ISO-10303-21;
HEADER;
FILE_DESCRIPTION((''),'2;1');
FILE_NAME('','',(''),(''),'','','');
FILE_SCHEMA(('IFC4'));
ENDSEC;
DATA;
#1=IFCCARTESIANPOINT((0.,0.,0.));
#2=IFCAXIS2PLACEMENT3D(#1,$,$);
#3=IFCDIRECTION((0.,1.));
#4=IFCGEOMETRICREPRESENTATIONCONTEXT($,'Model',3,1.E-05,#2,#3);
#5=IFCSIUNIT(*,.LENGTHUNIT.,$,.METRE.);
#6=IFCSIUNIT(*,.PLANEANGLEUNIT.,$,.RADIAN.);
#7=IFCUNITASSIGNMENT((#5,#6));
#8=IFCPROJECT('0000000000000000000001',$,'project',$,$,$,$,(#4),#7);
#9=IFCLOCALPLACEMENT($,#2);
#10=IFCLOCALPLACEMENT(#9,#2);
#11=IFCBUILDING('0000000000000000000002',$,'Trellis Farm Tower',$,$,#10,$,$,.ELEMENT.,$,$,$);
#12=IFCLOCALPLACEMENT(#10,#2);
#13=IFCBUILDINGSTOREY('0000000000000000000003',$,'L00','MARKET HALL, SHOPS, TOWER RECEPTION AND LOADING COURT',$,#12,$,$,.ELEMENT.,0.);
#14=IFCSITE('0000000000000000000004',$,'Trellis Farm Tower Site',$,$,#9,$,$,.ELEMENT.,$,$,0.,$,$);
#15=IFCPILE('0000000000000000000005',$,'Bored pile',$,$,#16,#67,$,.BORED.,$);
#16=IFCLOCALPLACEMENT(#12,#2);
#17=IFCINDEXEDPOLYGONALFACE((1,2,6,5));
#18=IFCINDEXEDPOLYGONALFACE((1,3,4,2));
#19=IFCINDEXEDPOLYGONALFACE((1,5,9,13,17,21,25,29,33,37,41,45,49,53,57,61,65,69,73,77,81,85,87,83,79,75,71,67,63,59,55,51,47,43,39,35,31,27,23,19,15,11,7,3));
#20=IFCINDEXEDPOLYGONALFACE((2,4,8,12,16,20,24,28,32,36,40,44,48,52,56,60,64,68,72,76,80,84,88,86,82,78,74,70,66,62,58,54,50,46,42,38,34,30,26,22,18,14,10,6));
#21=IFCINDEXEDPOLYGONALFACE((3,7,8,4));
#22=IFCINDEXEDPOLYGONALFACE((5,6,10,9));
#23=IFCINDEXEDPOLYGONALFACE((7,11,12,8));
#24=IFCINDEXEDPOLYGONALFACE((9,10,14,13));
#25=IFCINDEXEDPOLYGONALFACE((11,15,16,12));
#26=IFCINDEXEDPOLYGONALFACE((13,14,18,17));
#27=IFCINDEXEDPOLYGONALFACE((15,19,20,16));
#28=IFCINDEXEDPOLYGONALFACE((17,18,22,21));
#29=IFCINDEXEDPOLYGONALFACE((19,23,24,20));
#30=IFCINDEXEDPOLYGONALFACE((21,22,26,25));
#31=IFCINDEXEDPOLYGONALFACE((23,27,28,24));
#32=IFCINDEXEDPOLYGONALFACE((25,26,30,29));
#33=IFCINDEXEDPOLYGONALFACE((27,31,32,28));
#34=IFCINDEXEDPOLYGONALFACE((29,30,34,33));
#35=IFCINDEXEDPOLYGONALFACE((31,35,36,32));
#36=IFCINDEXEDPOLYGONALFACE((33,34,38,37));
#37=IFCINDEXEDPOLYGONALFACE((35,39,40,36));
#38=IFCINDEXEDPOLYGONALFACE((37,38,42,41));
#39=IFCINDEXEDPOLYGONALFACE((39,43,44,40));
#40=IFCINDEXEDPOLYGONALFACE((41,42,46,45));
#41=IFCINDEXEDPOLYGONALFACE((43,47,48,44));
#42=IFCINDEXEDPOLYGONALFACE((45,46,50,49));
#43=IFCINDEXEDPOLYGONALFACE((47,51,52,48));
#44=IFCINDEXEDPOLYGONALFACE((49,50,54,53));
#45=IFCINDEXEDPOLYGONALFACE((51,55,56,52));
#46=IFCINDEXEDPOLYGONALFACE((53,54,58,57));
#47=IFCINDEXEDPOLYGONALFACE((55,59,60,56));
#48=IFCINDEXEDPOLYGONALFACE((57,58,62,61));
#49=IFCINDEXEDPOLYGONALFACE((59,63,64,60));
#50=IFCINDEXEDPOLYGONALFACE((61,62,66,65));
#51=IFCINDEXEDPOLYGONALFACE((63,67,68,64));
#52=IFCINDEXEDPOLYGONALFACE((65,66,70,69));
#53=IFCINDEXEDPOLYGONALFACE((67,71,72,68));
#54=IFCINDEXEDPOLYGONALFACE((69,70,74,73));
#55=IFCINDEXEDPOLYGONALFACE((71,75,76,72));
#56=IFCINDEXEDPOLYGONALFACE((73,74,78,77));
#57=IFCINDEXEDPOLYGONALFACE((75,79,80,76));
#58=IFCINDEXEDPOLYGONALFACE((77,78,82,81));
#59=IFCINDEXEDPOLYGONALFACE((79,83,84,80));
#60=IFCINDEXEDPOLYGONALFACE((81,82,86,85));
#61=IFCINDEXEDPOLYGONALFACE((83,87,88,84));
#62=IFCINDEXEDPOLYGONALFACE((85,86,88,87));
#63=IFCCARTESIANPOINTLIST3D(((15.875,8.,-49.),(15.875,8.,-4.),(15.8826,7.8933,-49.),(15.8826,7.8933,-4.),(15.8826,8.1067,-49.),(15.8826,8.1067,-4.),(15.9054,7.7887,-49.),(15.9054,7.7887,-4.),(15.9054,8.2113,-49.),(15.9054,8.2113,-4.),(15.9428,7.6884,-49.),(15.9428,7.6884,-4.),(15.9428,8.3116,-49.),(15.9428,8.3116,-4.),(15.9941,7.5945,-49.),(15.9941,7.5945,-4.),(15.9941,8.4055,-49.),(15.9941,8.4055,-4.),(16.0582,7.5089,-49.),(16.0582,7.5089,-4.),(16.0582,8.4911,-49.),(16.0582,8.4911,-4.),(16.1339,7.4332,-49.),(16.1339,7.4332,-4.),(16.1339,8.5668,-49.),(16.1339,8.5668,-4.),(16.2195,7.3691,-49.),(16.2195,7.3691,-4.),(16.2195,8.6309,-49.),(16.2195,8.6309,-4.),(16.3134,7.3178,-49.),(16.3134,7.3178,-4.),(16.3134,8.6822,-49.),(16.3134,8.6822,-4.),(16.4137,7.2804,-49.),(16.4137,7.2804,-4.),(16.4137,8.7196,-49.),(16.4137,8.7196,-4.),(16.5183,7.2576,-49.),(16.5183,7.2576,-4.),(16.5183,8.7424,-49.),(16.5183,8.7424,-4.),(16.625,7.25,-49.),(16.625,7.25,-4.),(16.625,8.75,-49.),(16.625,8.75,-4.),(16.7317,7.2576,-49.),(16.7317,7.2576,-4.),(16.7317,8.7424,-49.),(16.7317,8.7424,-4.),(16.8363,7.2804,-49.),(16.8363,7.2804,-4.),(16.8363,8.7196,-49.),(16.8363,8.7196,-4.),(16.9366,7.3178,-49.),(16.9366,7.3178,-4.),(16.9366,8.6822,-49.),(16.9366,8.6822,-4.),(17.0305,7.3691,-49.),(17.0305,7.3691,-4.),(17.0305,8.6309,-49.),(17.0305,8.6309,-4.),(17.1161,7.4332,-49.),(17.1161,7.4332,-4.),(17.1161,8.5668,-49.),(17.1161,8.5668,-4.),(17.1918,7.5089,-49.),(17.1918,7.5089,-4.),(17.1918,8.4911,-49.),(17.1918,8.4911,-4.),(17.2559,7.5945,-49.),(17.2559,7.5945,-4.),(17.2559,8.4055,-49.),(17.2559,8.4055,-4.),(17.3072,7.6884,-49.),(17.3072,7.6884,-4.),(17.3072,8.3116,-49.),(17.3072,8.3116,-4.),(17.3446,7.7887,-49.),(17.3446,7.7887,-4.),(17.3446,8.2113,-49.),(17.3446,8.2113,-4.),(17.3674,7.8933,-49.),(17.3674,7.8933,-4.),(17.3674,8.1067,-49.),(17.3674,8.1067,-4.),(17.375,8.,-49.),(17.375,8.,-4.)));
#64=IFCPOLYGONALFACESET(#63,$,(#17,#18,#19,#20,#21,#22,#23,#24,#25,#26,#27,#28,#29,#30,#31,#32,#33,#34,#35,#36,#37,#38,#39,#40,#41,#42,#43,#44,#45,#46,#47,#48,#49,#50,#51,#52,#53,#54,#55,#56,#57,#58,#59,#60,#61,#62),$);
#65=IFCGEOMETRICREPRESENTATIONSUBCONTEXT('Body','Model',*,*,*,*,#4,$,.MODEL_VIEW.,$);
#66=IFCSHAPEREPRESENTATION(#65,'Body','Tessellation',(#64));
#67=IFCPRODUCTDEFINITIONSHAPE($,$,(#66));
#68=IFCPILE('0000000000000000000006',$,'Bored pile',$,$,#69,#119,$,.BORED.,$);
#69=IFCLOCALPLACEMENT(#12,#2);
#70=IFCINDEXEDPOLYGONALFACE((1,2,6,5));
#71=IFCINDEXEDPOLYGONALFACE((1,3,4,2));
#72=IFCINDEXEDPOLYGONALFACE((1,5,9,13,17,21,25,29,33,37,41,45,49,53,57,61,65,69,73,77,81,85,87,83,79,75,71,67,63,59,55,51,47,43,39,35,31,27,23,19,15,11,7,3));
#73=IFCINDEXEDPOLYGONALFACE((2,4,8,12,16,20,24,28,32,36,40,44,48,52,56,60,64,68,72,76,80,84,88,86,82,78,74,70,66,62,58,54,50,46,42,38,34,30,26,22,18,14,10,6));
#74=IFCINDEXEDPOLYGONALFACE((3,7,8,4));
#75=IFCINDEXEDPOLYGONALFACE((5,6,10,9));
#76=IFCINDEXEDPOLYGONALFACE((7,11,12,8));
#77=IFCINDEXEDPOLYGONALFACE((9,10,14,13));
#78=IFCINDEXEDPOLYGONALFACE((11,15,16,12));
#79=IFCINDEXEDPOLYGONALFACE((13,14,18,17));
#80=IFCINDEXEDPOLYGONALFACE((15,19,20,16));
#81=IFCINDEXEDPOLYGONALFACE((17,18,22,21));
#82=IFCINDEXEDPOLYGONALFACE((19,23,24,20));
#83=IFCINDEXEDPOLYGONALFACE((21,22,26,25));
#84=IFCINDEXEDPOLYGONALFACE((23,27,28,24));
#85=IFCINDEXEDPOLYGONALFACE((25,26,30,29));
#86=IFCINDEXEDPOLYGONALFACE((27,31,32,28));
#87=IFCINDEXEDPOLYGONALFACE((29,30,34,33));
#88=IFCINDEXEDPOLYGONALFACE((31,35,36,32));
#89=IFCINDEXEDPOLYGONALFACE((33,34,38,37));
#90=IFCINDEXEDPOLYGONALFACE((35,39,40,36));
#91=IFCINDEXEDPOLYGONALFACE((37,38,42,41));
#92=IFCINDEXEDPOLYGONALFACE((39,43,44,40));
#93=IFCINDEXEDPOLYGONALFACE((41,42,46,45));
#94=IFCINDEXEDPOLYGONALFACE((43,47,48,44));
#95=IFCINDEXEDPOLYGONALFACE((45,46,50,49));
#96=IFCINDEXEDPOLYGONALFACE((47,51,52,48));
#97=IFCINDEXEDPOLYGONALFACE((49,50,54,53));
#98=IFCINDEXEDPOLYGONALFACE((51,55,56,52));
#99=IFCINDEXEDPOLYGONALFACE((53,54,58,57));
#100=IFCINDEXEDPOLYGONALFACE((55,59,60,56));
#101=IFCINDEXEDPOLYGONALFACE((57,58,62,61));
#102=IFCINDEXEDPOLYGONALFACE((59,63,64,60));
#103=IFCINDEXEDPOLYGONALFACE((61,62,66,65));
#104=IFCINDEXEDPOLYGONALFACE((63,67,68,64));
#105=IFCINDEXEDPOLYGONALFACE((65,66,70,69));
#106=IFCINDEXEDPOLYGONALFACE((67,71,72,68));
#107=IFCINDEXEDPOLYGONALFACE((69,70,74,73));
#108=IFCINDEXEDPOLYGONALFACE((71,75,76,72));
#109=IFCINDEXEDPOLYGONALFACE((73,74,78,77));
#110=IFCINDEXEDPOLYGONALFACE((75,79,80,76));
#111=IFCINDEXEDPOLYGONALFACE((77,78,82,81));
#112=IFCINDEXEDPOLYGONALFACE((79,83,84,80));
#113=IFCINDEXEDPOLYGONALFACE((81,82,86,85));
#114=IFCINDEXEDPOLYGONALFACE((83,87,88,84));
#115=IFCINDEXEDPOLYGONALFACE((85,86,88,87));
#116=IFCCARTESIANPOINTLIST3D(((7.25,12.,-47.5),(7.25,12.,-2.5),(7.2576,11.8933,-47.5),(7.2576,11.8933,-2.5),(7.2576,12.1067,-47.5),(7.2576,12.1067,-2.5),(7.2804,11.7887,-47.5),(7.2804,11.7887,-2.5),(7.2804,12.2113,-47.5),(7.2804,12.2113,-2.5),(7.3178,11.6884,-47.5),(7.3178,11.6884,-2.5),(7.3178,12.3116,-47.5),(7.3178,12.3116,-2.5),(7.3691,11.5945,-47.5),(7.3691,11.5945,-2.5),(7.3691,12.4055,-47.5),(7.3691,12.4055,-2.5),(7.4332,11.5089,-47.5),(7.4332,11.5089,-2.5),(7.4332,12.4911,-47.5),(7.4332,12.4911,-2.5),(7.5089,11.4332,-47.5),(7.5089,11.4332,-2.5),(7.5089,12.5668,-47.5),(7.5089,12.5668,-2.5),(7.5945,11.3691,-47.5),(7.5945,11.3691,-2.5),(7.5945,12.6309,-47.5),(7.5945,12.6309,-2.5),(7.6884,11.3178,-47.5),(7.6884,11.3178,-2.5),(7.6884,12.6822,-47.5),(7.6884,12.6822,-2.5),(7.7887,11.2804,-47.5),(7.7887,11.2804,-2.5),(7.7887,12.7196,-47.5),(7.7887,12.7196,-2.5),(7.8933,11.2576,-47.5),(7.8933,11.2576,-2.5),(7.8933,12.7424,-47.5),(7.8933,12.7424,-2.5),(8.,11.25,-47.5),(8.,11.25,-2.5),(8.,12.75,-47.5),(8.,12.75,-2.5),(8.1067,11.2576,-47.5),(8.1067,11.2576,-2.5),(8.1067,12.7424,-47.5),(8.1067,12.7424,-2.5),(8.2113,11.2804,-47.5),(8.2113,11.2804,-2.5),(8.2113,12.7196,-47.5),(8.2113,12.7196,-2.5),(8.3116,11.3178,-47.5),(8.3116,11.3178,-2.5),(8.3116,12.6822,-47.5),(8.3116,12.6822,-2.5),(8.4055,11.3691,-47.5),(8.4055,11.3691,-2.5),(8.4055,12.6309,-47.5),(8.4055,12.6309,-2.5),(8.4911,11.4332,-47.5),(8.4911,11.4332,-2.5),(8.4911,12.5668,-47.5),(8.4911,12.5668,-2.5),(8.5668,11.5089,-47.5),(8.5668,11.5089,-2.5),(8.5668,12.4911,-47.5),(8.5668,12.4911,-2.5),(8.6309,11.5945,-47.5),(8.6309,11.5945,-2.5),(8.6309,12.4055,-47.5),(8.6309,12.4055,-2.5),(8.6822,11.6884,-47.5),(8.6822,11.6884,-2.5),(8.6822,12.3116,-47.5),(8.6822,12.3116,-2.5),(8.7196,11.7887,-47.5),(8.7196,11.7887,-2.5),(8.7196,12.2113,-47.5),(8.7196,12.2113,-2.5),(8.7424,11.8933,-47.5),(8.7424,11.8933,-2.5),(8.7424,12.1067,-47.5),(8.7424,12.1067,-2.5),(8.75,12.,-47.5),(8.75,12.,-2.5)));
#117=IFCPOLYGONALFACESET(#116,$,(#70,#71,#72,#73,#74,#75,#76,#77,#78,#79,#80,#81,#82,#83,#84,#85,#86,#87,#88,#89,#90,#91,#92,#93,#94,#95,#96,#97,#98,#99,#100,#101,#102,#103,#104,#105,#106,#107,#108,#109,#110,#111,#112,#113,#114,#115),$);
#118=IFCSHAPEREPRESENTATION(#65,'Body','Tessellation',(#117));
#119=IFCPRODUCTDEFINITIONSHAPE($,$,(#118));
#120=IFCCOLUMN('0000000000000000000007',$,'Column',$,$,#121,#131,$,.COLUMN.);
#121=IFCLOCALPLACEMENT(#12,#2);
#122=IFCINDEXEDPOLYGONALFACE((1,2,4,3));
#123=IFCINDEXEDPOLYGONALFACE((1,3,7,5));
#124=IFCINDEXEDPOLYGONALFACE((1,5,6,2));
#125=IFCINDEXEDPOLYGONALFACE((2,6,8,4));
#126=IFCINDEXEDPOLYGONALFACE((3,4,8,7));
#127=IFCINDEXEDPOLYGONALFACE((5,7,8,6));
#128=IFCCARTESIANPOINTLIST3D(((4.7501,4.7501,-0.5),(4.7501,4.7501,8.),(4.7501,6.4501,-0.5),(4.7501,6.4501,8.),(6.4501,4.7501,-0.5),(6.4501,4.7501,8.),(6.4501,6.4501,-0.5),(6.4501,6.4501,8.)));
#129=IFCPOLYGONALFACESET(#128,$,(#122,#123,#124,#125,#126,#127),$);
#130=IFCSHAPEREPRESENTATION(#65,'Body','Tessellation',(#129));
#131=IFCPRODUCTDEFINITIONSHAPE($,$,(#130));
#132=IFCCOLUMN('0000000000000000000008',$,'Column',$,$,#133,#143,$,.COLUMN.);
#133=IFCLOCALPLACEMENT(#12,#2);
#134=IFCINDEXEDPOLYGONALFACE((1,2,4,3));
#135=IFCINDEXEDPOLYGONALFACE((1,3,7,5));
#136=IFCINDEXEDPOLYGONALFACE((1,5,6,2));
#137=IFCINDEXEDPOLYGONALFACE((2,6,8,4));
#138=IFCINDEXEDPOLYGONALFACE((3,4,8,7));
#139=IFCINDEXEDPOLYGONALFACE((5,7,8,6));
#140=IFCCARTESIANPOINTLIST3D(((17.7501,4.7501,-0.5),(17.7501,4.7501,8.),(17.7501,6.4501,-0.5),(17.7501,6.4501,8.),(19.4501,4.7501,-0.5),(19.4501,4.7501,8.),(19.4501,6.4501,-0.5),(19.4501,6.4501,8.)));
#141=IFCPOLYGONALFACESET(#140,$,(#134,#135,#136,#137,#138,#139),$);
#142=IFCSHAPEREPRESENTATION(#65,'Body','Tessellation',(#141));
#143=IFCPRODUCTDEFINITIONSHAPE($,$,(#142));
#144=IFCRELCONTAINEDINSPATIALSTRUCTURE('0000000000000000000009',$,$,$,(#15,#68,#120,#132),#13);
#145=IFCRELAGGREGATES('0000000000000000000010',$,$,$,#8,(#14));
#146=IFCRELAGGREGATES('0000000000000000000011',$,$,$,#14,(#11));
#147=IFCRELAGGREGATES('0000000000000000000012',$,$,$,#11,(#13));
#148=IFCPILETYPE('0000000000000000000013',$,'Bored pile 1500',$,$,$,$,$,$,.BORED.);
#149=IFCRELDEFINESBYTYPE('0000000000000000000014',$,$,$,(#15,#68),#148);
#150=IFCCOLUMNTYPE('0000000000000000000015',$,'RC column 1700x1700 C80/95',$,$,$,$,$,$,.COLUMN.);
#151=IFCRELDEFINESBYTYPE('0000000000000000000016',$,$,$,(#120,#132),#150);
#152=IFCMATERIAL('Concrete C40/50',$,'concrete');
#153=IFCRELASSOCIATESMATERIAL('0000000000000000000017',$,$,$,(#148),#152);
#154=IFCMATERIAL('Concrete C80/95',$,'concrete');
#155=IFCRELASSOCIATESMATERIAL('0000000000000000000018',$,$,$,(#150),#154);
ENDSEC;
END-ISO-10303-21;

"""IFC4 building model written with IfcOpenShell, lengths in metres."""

from ifc_helpers import new_model, si_unit, direction, frame, origin, origin_2d, place, context, subcontext, project, spatial, rectangle, circle, extrude, source, transform, mapped, material, material_profile, profile_set, type_object, element, save


model = new_model("IFC4")

# Units and contexts
model_context = context("Model", 3, precision=1e-05, world=origin(), true_north=direction((0.0, 1.0)))
body_context = subcontext(model_context, "Body", "Model", "MODEL_VIEW")
ifc_project = project(units=[si_unit("LENGTHUNIT", "METRE"), si_unit("PLANEANGLEUNIT", "RADIAN")], contexts=[model_context])

# Site, building, storey
site_placement = place(None, origin())
site = spatial("IfcSite", under=ifc_project, at=site_placement, Name="Trellis Farm Tower Site", CompositionType="ELEMENT", RefElevation=0.0)
building_placement = place(site_placement, origin())
building = spatial("IfcBuilding", under=site, at=building_placement, Name="Trellis Farm Tower", CompositionType="ELEMENT")
storey_placement = place(building_placement, origin())
storey = spatial("IfcBuildingStorey", under=building, at=storey_placement, Name="L00", Description="MARKET HALL, SHOPS, TOWER RECEPTION AND LOADING COURT", CompositionType="ELEMENT", Elevation=0.0)

# Piles
ifc_material_1 = material(Name="Concrete C40/50", Category="concrete")
ifc_material_profile_1 = material_profile(ifc_material_1, circle(Radius=0.75, at=origin_2d()), Name="Bored pile 1500")
ifc_profile_set_1 = profile_set([ifc_material_profile_1], Name="Concrete C40/50")
pile_type = type_object("IfcPileType", Name="Bored pile 1500", PredefinedType="BORED", material=ifc_profile_set_1)
shared_shape_1 = source(origin(), body_context, "Body", "SweptSolid", [
    extrude(circle(Radius=0.75, at=origin_2d()), origin(), (0.0, 0.0, 1.0), 45.0),
])
for number, where, z_axis, x_axis, name in (
    (1, (16.625, 8.0, -4.0), (0.0, 0.0, -1.0), (1.0, 0.0, 0.0), "Bored pile"),
    (2, (8.0, 12.0, -2.5), (0.0, 0.0, -1.0), (1.0, 0.0, 0.0), "Bored pile"),
):
    element("IfcPile", number, at=place(storey_placement, frame(where, z_axis=z_axis, x_axis=x_axis)), inside=storey, type_object=pile_type, Name=name, PredefinedType="BORED", context=body_context, shape_type="MappedRepresentation", body=[
        mapped(shared_shape_1, transform((0.0, 0.0, 0.0))),
    ])

# Columns
ifc_material_2 = material(Name="Concrete C80/95", Category="concrete")
ifc_material_profile_2 = material_profile(ifc_material_2, rectangle(XDim=1.7, YDim=1.7, at=origin_2d()), Name="RC column 1700x1700 C80/95")
ifc_profile_set_2 = profile_set([ifc_material_profile_2], Name="Concrete C80/95")
column_type = type_object("IfcColumnType", Name="RC column 1700x1700 C80/95", PredefinedType="COLUMN", material=ifc_profile_set_2)
shared_shape_2 = source(origin(), body_context, "Body", "SweptSolid", [
    extrude(rectangle(XDim=1.7, YDim=1.7, at=origin_2d()), origin(), (0.0, 0.0, 1.0), 8.5),
])
for number, where, z_axis, x_axis, name in (
    (3, (5.6001, 5.6001, -0.5), (0.0, 0.0, 1.0), (1.0, 0.0, 0.0), "Column"),
    (4, (18.6001, 5.6001, -0.5), (0.0, 0.0, 1.0), (1.0, 0.0, 0.0), "Column"),
):
    element("IfcColumn", number, at=place(storey_placement, frame(where, z_axis=z_axis, x_axis=x_axis)), inside=storey, type_object=column_type, Name=name, PredefinedType="COLUMN", context=body_context, shape_type="MappedRepresentation", body=[
        mapped(shared_shape_2, transform((0.0, 0.0, 0.0))),
    ])

save(model, "model.ifc")
